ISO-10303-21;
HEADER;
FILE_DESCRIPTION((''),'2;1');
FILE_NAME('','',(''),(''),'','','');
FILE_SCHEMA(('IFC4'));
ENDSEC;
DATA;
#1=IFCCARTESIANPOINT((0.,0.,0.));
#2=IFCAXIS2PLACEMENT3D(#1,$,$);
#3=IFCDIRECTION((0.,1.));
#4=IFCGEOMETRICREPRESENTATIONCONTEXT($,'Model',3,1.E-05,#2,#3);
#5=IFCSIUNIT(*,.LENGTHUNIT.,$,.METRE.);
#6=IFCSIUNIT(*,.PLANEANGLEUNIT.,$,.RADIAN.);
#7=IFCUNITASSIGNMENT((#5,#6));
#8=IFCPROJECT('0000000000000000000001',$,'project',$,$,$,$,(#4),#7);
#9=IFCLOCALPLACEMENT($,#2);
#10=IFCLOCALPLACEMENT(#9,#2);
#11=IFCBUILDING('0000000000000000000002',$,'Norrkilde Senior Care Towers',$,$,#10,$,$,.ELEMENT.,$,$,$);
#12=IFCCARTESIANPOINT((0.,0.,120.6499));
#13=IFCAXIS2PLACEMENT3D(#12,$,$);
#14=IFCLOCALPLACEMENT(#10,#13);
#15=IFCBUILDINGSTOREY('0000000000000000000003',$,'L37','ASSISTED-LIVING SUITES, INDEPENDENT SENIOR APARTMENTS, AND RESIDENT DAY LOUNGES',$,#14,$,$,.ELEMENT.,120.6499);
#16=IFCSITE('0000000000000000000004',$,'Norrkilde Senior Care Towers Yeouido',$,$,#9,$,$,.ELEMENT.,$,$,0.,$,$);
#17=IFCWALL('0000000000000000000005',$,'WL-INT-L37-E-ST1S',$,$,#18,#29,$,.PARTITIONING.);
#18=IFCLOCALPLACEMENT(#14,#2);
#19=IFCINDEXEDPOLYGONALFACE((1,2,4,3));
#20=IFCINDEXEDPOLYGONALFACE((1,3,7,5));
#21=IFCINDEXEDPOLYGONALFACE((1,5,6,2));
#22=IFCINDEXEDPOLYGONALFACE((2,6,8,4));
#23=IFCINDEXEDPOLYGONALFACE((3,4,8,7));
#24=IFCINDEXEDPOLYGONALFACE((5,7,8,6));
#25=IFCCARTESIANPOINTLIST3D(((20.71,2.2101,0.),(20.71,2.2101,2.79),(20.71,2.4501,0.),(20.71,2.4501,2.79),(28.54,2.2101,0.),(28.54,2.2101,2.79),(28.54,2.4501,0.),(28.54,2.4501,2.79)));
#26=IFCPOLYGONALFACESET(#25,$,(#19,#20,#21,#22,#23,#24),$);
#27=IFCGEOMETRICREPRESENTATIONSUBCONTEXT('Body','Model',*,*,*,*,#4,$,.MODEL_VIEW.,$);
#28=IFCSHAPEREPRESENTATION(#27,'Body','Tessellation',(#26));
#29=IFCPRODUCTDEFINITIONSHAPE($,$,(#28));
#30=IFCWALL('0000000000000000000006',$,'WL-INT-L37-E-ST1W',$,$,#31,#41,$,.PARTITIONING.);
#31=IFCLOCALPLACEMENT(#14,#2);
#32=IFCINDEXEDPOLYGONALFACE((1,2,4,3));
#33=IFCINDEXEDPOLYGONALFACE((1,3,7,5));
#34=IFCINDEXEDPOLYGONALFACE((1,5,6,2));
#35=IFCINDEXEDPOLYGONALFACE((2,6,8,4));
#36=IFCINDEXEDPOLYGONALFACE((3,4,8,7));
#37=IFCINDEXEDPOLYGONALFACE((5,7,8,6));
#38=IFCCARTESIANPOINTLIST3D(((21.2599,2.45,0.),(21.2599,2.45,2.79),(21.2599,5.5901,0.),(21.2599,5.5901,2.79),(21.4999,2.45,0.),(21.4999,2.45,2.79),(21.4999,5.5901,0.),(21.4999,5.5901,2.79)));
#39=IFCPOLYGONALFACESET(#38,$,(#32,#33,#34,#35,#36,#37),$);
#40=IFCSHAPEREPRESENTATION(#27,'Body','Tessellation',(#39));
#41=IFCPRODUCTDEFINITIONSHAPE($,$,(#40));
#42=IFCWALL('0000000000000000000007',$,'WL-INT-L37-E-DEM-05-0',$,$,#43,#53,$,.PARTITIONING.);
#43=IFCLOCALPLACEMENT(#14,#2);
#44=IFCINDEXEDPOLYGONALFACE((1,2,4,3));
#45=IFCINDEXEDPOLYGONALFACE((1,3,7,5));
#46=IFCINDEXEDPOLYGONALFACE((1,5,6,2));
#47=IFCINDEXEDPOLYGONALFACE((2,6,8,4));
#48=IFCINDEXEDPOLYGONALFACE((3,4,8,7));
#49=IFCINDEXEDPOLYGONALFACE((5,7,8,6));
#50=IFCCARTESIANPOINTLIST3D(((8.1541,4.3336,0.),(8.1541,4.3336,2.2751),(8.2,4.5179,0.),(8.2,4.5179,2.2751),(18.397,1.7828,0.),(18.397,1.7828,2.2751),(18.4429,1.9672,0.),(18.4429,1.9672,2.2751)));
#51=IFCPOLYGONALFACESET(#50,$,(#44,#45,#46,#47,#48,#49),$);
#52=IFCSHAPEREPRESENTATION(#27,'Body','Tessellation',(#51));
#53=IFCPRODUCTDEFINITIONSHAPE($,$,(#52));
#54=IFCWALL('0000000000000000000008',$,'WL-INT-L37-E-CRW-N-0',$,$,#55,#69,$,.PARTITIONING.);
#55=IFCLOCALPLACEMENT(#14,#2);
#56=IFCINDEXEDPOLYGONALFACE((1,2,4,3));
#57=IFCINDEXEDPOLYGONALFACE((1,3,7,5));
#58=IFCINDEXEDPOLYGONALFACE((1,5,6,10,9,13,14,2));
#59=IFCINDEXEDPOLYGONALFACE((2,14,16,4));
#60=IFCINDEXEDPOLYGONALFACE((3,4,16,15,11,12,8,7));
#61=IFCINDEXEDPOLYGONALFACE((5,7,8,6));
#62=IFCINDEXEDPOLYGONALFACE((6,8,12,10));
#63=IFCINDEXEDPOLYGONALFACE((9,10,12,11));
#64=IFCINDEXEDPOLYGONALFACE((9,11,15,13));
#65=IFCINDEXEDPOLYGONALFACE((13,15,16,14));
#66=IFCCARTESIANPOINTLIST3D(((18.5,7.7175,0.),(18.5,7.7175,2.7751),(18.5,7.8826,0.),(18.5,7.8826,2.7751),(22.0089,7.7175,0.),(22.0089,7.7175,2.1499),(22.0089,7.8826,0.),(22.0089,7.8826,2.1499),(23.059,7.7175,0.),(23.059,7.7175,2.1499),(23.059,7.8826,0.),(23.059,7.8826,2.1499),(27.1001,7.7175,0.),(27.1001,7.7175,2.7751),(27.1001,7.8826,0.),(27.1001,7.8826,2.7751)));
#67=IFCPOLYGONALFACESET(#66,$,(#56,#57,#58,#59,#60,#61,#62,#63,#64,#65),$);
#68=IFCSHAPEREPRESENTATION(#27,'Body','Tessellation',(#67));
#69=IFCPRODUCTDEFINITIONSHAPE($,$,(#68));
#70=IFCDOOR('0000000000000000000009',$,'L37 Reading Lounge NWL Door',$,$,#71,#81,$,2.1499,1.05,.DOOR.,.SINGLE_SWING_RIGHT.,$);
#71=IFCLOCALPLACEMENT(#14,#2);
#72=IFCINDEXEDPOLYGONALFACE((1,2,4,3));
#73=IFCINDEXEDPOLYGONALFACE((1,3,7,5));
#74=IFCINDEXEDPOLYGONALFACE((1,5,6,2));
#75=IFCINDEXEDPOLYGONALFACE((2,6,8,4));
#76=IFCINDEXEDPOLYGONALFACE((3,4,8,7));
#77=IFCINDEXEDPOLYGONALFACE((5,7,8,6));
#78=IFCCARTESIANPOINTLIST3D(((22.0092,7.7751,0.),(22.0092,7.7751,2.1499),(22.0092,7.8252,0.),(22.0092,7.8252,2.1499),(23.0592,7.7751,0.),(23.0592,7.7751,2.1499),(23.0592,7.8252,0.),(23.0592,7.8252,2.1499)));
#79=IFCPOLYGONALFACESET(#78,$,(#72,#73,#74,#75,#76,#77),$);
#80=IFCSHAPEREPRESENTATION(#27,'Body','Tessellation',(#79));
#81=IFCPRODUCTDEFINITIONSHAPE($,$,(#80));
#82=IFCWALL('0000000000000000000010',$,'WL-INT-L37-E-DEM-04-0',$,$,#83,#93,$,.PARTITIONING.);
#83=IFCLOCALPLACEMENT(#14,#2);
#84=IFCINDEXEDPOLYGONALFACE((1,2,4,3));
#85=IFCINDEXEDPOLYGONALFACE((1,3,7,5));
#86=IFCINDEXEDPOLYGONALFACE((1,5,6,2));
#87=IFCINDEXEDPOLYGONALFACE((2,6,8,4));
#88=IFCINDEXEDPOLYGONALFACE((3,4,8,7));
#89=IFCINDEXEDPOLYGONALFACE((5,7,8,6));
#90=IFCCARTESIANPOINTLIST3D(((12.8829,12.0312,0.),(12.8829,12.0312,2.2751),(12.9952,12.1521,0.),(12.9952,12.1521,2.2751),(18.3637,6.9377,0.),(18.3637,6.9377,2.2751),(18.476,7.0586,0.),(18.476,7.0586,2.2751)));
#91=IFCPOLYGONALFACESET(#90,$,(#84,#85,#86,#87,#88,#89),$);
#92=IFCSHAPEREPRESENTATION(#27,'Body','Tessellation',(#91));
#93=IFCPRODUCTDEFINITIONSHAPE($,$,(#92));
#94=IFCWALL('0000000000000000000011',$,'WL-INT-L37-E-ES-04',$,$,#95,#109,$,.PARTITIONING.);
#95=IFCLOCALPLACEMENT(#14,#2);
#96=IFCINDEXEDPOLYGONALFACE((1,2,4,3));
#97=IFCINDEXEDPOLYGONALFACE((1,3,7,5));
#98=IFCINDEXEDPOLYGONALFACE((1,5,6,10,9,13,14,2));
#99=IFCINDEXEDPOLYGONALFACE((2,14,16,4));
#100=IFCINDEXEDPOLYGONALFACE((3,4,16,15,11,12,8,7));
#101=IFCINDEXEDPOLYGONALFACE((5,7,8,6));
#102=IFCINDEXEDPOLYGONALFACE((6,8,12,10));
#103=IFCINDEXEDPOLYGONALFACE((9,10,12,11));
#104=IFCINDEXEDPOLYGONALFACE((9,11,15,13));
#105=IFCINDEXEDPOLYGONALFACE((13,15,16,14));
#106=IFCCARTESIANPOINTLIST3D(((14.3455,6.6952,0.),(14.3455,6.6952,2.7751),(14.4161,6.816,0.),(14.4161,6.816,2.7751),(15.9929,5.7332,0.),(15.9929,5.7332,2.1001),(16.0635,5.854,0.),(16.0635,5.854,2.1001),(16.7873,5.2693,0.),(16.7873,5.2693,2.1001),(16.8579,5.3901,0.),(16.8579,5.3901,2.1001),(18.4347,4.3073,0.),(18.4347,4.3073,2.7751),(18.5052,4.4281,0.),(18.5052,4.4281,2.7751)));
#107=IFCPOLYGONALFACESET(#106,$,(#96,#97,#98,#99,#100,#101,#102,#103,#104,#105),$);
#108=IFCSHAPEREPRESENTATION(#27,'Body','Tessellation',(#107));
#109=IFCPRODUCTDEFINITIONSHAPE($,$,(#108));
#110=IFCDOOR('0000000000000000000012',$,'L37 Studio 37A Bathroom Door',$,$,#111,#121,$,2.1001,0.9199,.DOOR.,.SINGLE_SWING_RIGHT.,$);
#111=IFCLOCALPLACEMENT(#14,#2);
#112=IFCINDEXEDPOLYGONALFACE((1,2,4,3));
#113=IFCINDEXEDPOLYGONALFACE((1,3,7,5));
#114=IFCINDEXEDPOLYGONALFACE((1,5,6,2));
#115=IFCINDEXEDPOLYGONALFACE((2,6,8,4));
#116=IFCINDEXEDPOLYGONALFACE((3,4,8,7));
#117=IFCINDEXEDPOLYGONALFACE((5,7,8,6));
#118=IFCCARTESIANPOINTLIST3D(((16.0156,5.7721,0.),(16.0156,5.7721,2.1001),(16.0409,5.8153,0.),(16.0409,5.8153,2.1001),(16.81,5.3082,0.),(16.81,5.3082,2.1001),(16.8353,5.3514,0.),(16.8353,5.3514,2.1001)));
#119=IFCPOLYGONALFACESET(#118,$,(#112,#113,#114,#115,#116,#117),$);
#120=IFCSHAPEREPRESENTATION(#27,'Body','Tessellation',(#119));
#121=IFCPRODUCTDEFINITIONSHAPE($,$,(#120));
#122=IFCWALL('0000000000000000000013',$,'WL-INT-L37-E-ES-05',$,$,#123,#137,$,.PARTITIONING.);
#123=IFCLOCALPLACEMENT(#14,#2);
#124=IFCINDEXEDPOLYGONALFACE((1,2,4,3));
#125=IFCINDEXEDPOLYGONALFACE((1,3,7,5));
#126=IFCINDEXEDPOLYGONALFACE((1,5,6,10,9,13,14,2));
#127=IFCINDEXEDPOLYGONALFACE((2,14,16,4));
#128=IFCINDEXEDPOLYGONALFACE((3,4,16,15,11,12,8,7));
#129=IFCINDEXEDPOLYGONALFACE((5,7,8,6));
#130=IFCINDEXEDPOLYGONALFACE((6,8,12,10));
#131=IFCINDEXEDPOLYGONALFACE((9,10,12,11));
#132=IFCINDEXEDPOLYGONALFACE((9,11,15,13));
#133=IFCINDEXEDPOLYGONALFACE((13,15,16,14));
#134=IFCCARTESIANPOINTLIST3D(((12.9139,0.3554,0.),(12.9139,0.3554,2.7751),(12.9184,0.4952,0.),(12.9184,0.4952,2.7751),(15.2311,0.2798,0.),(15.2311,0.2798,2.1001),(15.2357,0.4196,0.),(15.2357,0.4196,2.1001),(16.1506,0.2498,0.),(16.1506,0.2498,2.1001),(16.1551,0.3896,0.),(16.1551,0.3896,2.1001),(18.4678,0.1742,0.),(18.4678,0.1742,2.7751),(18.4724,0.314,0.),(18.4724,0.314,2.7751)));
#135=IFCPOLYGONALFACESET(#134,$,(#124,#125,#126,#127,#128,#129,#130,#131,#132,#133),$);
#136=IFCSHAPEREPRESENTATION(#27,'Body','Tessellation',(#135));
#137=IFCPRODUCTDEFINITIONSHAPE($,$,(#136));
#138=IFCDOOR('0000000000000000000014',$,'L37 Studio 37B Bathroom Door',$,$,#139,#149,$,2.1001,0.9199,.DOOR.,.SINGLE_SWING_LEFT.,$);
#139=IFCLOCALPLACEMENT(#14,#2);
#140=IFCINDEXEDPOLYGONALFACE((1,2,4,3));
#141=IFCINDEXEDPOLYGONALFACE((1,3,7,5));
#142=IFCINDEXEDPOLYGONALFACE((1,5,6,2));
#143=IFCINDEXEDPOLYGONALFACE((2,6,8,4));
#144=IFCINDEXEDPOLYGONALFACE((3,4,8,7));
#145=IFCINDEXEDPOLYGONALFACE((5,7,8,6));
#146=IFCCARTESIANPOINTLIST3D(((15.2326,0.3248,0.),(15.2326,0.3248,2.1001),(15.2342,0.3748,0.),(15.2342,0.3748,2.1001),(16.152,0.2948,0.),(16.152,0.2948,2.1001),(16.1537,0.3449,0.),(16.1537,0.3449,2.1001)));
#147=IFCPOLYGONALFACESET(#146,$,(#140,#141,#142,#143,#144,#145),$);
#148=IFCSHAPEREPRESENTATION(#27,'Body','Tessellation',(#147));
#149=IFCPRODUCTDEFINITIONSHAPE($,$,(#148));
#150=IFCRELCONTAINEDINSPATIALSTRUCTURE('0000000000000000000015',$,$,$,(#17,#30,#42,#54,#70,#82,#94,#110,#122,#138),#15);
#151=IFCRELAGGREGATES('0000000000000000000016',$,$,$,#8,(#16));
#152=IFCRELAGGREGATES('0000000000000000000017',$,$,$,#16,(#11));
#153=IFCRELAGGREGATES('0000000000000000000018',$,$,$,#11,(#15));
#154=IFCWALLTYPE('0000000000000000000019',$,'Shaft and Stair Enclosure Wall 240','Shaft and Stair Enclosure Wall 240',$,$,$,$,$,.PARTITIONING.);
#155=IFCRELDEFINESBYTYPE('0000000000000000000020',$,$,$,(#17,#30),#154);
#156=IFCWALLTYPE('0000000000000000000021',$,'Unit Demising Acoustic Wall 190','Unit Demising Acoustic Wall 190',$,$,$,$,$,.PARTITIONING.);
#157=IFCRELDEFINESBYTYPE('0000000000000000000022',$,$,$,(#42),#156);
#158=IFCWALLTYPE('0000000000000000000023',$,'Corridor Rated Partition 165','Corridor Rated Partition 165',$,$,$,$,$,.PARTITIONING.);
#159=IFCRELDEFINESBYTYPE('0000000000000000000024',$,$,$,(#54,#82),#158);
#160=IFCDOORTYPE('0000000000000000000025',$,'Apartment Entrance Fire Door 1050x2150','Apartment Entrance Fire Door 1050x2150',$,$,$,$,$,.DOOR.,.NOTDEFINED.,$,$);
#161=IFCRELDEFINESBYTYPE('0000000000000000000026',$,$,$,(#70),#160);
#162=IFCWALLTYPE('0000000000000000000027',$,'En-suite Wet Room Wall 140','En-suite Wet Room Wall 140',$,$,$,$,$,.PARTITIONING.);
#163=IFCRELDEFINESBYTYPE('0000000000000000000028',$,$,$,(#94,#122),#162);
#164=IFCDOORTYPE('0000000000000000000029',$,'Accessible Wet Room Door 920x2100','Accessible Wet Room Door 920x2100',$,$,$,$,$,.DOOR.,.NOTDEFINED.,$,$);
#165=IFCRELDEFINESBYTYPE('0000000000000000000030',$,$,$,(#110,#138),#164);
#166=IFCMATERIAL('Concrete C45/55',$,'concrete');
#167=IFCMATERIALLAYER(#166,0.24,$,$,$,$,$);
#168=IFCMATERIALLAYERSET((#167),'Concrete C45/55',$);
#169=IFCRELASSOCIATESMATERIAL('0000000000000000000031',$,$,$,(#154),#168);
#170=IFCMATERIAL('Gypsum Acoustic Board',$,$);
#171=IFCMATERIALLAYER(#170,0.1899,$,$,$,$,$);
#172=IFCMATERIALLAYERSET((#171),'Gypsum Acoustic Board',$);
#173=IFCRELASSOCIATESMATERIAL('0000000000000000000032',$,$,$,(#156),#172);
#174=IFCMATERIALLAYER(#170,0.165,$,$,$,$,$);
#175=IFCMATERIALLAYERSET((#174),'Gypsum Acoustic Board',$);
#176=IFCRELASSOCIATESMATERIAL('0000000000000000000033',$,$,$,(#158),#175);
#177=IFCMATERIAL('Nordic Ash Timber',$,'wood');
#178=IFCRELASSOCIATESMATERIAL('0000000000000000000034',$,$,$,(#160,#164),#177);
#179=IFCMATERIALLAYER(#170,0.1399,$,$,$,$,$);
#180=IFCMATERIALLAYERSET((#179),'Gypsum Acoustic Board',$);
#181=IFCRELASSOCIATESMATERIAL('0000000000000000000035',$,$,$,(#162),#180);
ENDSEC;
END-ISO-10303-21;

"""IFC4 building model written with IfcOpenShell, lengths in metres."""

from ifc_helpers import new_model, si_unit, direction, frame, frame_2d, origin, place, context, subcontext, project, spatial, rectangle, extrude, source, transform, mapped, material, layer, layer_set, type_object, type_shapes, element, fill, save


model = new_model("IFC4")

# Units and contexts
model_context = context("Model", 3, precision=1e-05, world=origin(), true_north=direction((0.0, 1.0)))
body_context = subcontext(model_context, "Body", "Model", "MODEL_VIEW")
ifc_project = project(units=[si_unit("LENGTHUNIT", "METRE"), si_unit("PLANEANGLEUNIT", "RADIAN")], contexts=[model_context])

# Site, building, storey
site_placement = place(None, origin())
site = spatial("IfcSite", under=ifc_project, at=site_placement, Name="Norrkilde Senior Care Towers Yeouido", CompositionType="ELEMENT", RefElevation=0.0)
building_placement = place(site_placement, origin())
building = spatial("IfcBuilding", under=site, at=building_placement, Name="Norrkilde Senior Care Towers", CompositionType="ELEMENT")
storey_placement = place(building_placement, frame((0.0, 0.0, 120.6499)))
storey = spatial("IfcBuildingStorey", under=building, at=storey_placement, Name="L37", Description="ASSISTED-LIVING SUITES, INDEPENDENT SENIOR APARTMENTS, AND RESIDENT DAY LOUNGES", CompositionType="ELEMENT", Elevation=120.6499)

# Walls
ifc_material_1 = material(Name="Concrete C45/55", Category="concrete")
ifc_layer_1 = layer(ifc_material_1, 0.24)
ifc_layer_set_1 = layer_set([ifc_layer_1], Name="Concrete C45/55")
wall_type_1 = type_object("IfcWallType", Name="Shaft and Stair Enclosure Wall 240", Description="Shaft and Stair Enclosure Wall 240", PredefinedType="PARTITIONING", material=ifc_layer_set_1)
shared_shape_1 = source(origin(), body_context, "Body", "SweptSolid", [
    extrude(rectangle(XDim=7.8301, YDim=0.24, at=frame_2d((3.915, 0.0))), origin(), (0.0, 0.0, 1.0), 2.79),
])
wall_1_placement = place(storey_placement, frame((20.71, 2.3301, 0.0), z_axis=(0.0, 0.0, 1.0), x_axis=(1.0, 0.0, 0.0)))
element("IfcWall", 1, at=wall_1_placement, inside=storey, type_object=wall_type_1, Name="WL-INT-L37-E-ST1S", PredefinedType="PARTITIONING", context=body_context, shape_type="MappedRepresentation", body=[
    mapped(shared_shape_1, transform((0.0, 0.0, 0.0), x_axis=(1.0, 0.0, 0.0), y_axis=(0.0, 1.0, 0.0), z_axis=(0.0, 0.0, 1.0), scale=1.0)),
])
shared_shape_2 = source(origin(), body_context, "Body", "SweptSolid", [
    extrude(rectangle(XDim=3.1401, YDim=0.24, at=frame_2d((1.5701, 0.0))), origin(), (0.0, 0.0, 1.0), 2.79),
])
type_shapes(wall_type_1, [shared_shape_1, shared_shape_2])
wall_2_placement = place(storey_placement, frame((21.3799, 2.45, 0.0), z_axis=(0.0, 0.0, 1.0), x_axis=(0.0, 1.0, 0.0)))
element("IfcWall", 2, at=wall_2_placement, inside=storey, type_object=wall_type_1, Name="WL-INT-L37-E-ST1W", PredefinedType="PARTITIONING", context=body_context, shape_type="MappedRepresentation", body=[
    mapped(shared_shape_2, transform((0.0, 0.0, 0.0), x_axis=(1.0, 0.0, 0.0), y_axis=(0.0, 1.0, 0.0), z_axis=(0.0, 0.0, 1.0), scale=1.0)),
])
ifc_material_2 = material(Name="Gypsum Acoustic Board")
ifc_layer_2 = layer(ifc_material_2, 0.1899)
ifc_layer_set_2 = layer_set([ifc_layer_2], Name="Gypsum Acoustic Board")
wall_type_2 = type_object("IfcWallType", Name="Unit Demising Acoustic Wall 190", Description="Unit Demising Acoustic Wall 190", PredefinedType="PARTITIONING", material=ifc_layer_set_2)
shared_shape_3 = source(origin(), body_context, "Body", "SweptSolid", [
    extrude(rectangle(XDim=10.5557, YDim=0.1899, at=frame_2d((5.2778, 0.0))), origin(), (0.0, 0.0, 1.0), 2.2751),
])
type_shapes(wall_type_2, [shared_shape_3])
wall_3_placement = place(storey_placement, frame((18.4199, 1.875, 0.0), z_axis=(0.0, 0.0, 1.0), x_axis=(-0.970364, 0.241648, 0.0)))
element("IfcWall", 3, at=wall_3_placement, inside=storey, type_object=wall_type_2, Name="WL-INT-L37-E-DEM-05-0", PredefinedType="PARTITIONING", context=body_context, shape_type="MappedRepresentation", body=[
    mapped(shared_shape_3, transform((0.0, 0.0, 0.0), x_axis=(1.0, 0.0, 0.0), y_axis=(0.0, 1.0, 0.0), z_axis=(0.0, 0.0, 1.0), scale=1.0)),
])

# Wall, opening, door
ifc_layer_3 = layer(ifc_material_2, 0.165)
ifc_layer_set_3 = layer_set([ifc_layer_3], Name="Gypsum Acoustic Board")
wall_type_3 = type_object("IfcWallType", Name="Corridor Rated Partition 165", Description="Corridor Rated Partition 165", PredefinedType="PARTITIONING", material=ifc_layer_set_3)
shared_shape_4 = source(origin(), body_context, "Body", "SweptSolid", [
    extrude(rectangle(XDim=8.6001, YDim=0.165, at=frame_2d((4.3, 0.0))), origin(), (0.0, 0.0, 1.0), 2.7751),
])
wall_4_placement = place(storey_placement, frame((18.5, 7.8, 0.0), z_axis=(0.0, 0.0, 1.0), x_axis=(1.0, 0.0, 0.0)))
wall_4 = element("IfcWall", 4, at=wall_4_placement, inside=storey, type_object=wall_type_3, Name="WL-INT-L37-E-CRW-N-0", PredefinedType="PARTITIONING", context=body_context, shape_type="MappedRepresentation", body=[
    mapped(shared_shape_4, transform((0.0, 0.0, 0.0), x_axis=(1.0, 0.0, 0.0), y_axis=(0.0, 1.0, 0.0), z_axis=(0.0, 0.0, 1.0), scale=1.0)),
])
opening_1_placement = place(wall_4_placement, frame((3.509, 0.0, 0.0)))
opening_1 = element("IfcOpeningElement", 5, at=opening_1_placement, cuts=wall_4, PredefinedType="OPENING", context=body_context, shape_type="SweptSolid", body=[
    extrude(rectangle(XDim=1.05, YDim=2.1499, at=frame_2d((0.5249, 1.075))), frame((0.0, 0.0925, 0.0), z_axis=(0.0, -1.0, 0.0), x_axis=(1.0, 0.0, 0.0)), (0.0, 0.0, 1.0), 0.1851),
])
ifc_material_3 = material(Name="Nordic Ash Timber", Category="wood")
door_type_1 = type_object("IfcDoorType", Name="Apartment Entrance Fire Door 1050x2150", Description="Apartment Entrance Fire Door 1050x2150", OperationType="NOTDEFINED", PredefinedType="DOOR", material=ifc_material_3)
shared_shape_5 = source(origin(), body_context, "Body", "SweptSolid", [
    extrude(rectangle(XDim=1.05, YDim=2.1499, at=frame_2d((0.5249, 1.075))), frame((0.0, 0.0249, 0.0), z_axis=(0.0, -1.0, 0.0), x_axis=(1.0, 0.0, 0.0)), (0.0, 0.0, 1.0), 0.05),
])
type_shapes(door_type_1, [shared_shape_5])
door_1_placement = place(opening_1_placement, frame((1.05, 0.0, 0.0), z_axis=(0.0, 0.0, 1.0), x_axis=(-1.0, 0.0, 0.0)))
door_1 = element("IfcDoor", 6, at=door_1_placement, inside=storey, type_object=door_type_1, Name="L37 Reading Lounge NWL Door", OperationType="SINGLE_SWING_RIGHT", OverallHeight=2.1499, OverallWidth=1.05, PredefinedType="DOOR", context=body_context, shape_type="MappedRepresentation", body=[
    mapped(shared_shape_5, transform((0.0, 0.0, 0.0), x_axis=(1.0, 0.0, 0.0), y_axis=(0.0, 1.0, 0.0), z_axis=(0.0, 0.0, 1.0), scale=1.0)),
])
fill(opening_1, door_1)

# Wall
shared_shape_6 = source(origin(), body_context, "Body", "SweptSolid", [
    extrude(rectangle(XDim=7.4822, YDim=0.165, at=frame_2d((3.7412, 0.0))), origin(), (0.0, 0.0, 1.0), 2.2751),
])
wall_5_placement = place(storey_placement, frame((18.4199, 6.998, 0.0), z_axis=(0.0, 0.0, 1.0), x_axis=(-0.732509, 0.680758, 0.0)))
element("IfcWall", 7, at=wall_5_placement, inside=storey, type_object=wall_type_3, Name="WL-INT-L37-E-DEM-04-0", PredefinedType="PARTITIONING", context=body_context, shape_type="MappedRepresentation", body=[
    mapped(shared_shape_6, transform((0.0, 0.0, 0.0), x_axis=(1.0, 0.0, 0.0), y_axis=(0.0, 1.0, 0.0), z_axis=(0.0, 0.0, 1.0), scale=1.0)),
])

# Walls, openings, doors
ifc_layer_4 = layer(ifc_material_2, 0.1399)
ifc_layer_set_4 = layer_set([ifc_layer_4], Name="Gypsum Acoustic Board")
wall_type_4 = type_object("IfcWallType", Name="En-suite Wet Room Wall 140", Description="En-suite Wet Room Wall 140", PredefinedType="PARTITIONING", material=ifc_layer_set_4)
shared_shape_7 = source(origin(), body_context, "Body", "SweptSolid", [
    extrude(rectangle(XDim=4.7354, YDim=0.1399, at=frame_2d((2.3677, 0.0))), origin(), (0.0, 0.0, 1.0), 2.7751),
])
wall_6_placement = place(storey_placement, frame((18.47, 4.3677, 0.0), z_axis=(0.0, 0.0, 1.0), x_axis=(-0.863538, 0.504284, 0.0)))
wall_6 = element("IfcWall", 8, at=wall_6_placement, inside=storey, type_object=wall_type_4, Name="WL-INT-L37-E-ES-04", PredefinedType="PARTITIONING", context=body_context, shape_type="MappedRepresentation", body=[
    mapped(shared_shape_7, transform((0.0, 0.0, 0.0), x_axis=(1.0, 0.0, 0.0), y_axis=(0.0, 1.0, 0.0), z_axis=(0.0, 0.0, 1.0), scale=1.0)),
])
opening_2_placement = place(wall_6_placement, frame((1.9077, 0.0, 0.0)))
opening_2 = element("IfcOpeningElement", 9, at=opening_2_placement, cuts=wall_6, PredefinedType="OPENING", context=body_context, shape_type="SweptSolid", body=[
    extrude(rectangle(XDim=0.9199, YDim=2.1001, at=frame_2d((0.46, 1.05))), frame((0.0, 0.0798, 0.0), z_axis=(0.0, -1.0, 0.0), x_axis=(1.0, 0.0, 0.0)), (0.0, 0.0, 1.0), 0.1599),
])
door_type_2 = type_object("IfcDoorType", Name="Accessible Wet Room Door 920x2100", Description="Accessible Wet Room Door 920x2100", OperationType="NOTDEFINED", PredefinedType="DOOR", material=ifc_material_3)
shared_shape_8 = source(origin(), body_context, "Body", "SweptSolid", [
    extrude(rectangle(XDim=0.9199, YDim=2.1001, at=frame_2d((0.46, 1.05))), frame((0.0, 0.0249, 0.0), z_axis=(0.0, -1.0, 0.0), x_axis=(1.0, 0.0, 0.0)), (0.0, 0.0, 1.0), 0.05),
])
type_shapes(door_type_2, [shared_shape_8])
door_2_placement = place(opening_2_placement, origin())
door_2 = element("IfcDoor", 10, at=door_2_placement, inside=storey, type_object=door_type_2, Name="L37 Studio 37A Bathroom Door", OperationType="SINGLE_SWING_RIGHT", OverallHeight=2.1001, OverallWidth=0.9199, PredefinedType="DOOR", context=body_context, shape_type="MappedRepresentation", body=[
    mapped(shared_shape_8, transform((0.0, 0.0, 0.0), x_axis=(1.0, 0.0, 0.0), y_axis=(0.0, 1.0, 0.0), z_axis=(0.0, 0.0, 1.0), scale=1.0)),
])
fill(opening_2, door_2)
shared_shape_9 = source(origin(), body_context, "Body", "SweptSolid", [
    extrude(rectangle(XDim=5.5569, YDim=0.1399, at=frame_2d((2.7783, 0.0))), origin(), (0.0, 0.0, 1.0), 2.7751),
])
type_shapes(wall_type_4, [shared_shape_7, shared_shape_9])
wall_7_placement = place(storey_placement, frame((18.47, 0.2441, 0.0), z_axis=(0.0, 0.0, 1.0), x_axis=(-0.999468, 0.032599, 0.0)))
wall_7 = element("IfcWall", 11, at=wall_7_placement, inside=storey, type_object=wall_type_4, Name="WL-INT-L37-E-ES-05", PredefinedType="PARTITIONING", context=body_context, shape_type="MappedRepresentation", body=[
    mapped(shared_shape_9, transform((0.0, 0.0, 0.0), x_axis=(1.0, 0.0, 0.0), y_axis=(0.0, 1.0, 0.0), z_axis=(0.0, 0.0, 1.0), scale=1.0)),
])
opening_3_placement = place(wall_7_placement, frame((2.3184, 0.0, 0.0)))
opening_3 = element("IfcOpeningElement", 12, at=opening_3_placement, cuts=wall_7, PredefinedType="OPENING", context=body_context, shape_type="SweptSolid", body=[
    extrude(rectangle(XDim=0.9199, YDim=2.1001, at=frame_2d((0.46, 1.05))), frame((0.0, 0.0798, 0.0), z_axis=(0.0, -1.0, 0.0), x_axis=(1.0, 0.0, 0.0)), (0.0, 0.0, 1.0), 0.1599),
])
door_3_placement = place(opening_3_placement, origin())
door_3 = element("IfcDoor", 13, at=door_3_placement, inside=storey, type_object=door_type_2, Name="L37 Studio 37B Bathroom Door", OperationType="SINGLE_SWING_LEFT", OverallHeight=2.1001, OverallWidth=0.9199, PredefinedType="DOOR", context=body_context, shape_type="MappedRepresentation", body=[
    mapped(shared_shape_8, transform((0.0, 0.0, 0.0), x_axis=(1.0, 0.0, 0.0), y_axis=(0.0, 1.0, 0.0), z_axis=(0.0, 0.0, 1.0), scale=1.0)),
])
fill(opening_3, door_3)

save(model, "model.ifc")
